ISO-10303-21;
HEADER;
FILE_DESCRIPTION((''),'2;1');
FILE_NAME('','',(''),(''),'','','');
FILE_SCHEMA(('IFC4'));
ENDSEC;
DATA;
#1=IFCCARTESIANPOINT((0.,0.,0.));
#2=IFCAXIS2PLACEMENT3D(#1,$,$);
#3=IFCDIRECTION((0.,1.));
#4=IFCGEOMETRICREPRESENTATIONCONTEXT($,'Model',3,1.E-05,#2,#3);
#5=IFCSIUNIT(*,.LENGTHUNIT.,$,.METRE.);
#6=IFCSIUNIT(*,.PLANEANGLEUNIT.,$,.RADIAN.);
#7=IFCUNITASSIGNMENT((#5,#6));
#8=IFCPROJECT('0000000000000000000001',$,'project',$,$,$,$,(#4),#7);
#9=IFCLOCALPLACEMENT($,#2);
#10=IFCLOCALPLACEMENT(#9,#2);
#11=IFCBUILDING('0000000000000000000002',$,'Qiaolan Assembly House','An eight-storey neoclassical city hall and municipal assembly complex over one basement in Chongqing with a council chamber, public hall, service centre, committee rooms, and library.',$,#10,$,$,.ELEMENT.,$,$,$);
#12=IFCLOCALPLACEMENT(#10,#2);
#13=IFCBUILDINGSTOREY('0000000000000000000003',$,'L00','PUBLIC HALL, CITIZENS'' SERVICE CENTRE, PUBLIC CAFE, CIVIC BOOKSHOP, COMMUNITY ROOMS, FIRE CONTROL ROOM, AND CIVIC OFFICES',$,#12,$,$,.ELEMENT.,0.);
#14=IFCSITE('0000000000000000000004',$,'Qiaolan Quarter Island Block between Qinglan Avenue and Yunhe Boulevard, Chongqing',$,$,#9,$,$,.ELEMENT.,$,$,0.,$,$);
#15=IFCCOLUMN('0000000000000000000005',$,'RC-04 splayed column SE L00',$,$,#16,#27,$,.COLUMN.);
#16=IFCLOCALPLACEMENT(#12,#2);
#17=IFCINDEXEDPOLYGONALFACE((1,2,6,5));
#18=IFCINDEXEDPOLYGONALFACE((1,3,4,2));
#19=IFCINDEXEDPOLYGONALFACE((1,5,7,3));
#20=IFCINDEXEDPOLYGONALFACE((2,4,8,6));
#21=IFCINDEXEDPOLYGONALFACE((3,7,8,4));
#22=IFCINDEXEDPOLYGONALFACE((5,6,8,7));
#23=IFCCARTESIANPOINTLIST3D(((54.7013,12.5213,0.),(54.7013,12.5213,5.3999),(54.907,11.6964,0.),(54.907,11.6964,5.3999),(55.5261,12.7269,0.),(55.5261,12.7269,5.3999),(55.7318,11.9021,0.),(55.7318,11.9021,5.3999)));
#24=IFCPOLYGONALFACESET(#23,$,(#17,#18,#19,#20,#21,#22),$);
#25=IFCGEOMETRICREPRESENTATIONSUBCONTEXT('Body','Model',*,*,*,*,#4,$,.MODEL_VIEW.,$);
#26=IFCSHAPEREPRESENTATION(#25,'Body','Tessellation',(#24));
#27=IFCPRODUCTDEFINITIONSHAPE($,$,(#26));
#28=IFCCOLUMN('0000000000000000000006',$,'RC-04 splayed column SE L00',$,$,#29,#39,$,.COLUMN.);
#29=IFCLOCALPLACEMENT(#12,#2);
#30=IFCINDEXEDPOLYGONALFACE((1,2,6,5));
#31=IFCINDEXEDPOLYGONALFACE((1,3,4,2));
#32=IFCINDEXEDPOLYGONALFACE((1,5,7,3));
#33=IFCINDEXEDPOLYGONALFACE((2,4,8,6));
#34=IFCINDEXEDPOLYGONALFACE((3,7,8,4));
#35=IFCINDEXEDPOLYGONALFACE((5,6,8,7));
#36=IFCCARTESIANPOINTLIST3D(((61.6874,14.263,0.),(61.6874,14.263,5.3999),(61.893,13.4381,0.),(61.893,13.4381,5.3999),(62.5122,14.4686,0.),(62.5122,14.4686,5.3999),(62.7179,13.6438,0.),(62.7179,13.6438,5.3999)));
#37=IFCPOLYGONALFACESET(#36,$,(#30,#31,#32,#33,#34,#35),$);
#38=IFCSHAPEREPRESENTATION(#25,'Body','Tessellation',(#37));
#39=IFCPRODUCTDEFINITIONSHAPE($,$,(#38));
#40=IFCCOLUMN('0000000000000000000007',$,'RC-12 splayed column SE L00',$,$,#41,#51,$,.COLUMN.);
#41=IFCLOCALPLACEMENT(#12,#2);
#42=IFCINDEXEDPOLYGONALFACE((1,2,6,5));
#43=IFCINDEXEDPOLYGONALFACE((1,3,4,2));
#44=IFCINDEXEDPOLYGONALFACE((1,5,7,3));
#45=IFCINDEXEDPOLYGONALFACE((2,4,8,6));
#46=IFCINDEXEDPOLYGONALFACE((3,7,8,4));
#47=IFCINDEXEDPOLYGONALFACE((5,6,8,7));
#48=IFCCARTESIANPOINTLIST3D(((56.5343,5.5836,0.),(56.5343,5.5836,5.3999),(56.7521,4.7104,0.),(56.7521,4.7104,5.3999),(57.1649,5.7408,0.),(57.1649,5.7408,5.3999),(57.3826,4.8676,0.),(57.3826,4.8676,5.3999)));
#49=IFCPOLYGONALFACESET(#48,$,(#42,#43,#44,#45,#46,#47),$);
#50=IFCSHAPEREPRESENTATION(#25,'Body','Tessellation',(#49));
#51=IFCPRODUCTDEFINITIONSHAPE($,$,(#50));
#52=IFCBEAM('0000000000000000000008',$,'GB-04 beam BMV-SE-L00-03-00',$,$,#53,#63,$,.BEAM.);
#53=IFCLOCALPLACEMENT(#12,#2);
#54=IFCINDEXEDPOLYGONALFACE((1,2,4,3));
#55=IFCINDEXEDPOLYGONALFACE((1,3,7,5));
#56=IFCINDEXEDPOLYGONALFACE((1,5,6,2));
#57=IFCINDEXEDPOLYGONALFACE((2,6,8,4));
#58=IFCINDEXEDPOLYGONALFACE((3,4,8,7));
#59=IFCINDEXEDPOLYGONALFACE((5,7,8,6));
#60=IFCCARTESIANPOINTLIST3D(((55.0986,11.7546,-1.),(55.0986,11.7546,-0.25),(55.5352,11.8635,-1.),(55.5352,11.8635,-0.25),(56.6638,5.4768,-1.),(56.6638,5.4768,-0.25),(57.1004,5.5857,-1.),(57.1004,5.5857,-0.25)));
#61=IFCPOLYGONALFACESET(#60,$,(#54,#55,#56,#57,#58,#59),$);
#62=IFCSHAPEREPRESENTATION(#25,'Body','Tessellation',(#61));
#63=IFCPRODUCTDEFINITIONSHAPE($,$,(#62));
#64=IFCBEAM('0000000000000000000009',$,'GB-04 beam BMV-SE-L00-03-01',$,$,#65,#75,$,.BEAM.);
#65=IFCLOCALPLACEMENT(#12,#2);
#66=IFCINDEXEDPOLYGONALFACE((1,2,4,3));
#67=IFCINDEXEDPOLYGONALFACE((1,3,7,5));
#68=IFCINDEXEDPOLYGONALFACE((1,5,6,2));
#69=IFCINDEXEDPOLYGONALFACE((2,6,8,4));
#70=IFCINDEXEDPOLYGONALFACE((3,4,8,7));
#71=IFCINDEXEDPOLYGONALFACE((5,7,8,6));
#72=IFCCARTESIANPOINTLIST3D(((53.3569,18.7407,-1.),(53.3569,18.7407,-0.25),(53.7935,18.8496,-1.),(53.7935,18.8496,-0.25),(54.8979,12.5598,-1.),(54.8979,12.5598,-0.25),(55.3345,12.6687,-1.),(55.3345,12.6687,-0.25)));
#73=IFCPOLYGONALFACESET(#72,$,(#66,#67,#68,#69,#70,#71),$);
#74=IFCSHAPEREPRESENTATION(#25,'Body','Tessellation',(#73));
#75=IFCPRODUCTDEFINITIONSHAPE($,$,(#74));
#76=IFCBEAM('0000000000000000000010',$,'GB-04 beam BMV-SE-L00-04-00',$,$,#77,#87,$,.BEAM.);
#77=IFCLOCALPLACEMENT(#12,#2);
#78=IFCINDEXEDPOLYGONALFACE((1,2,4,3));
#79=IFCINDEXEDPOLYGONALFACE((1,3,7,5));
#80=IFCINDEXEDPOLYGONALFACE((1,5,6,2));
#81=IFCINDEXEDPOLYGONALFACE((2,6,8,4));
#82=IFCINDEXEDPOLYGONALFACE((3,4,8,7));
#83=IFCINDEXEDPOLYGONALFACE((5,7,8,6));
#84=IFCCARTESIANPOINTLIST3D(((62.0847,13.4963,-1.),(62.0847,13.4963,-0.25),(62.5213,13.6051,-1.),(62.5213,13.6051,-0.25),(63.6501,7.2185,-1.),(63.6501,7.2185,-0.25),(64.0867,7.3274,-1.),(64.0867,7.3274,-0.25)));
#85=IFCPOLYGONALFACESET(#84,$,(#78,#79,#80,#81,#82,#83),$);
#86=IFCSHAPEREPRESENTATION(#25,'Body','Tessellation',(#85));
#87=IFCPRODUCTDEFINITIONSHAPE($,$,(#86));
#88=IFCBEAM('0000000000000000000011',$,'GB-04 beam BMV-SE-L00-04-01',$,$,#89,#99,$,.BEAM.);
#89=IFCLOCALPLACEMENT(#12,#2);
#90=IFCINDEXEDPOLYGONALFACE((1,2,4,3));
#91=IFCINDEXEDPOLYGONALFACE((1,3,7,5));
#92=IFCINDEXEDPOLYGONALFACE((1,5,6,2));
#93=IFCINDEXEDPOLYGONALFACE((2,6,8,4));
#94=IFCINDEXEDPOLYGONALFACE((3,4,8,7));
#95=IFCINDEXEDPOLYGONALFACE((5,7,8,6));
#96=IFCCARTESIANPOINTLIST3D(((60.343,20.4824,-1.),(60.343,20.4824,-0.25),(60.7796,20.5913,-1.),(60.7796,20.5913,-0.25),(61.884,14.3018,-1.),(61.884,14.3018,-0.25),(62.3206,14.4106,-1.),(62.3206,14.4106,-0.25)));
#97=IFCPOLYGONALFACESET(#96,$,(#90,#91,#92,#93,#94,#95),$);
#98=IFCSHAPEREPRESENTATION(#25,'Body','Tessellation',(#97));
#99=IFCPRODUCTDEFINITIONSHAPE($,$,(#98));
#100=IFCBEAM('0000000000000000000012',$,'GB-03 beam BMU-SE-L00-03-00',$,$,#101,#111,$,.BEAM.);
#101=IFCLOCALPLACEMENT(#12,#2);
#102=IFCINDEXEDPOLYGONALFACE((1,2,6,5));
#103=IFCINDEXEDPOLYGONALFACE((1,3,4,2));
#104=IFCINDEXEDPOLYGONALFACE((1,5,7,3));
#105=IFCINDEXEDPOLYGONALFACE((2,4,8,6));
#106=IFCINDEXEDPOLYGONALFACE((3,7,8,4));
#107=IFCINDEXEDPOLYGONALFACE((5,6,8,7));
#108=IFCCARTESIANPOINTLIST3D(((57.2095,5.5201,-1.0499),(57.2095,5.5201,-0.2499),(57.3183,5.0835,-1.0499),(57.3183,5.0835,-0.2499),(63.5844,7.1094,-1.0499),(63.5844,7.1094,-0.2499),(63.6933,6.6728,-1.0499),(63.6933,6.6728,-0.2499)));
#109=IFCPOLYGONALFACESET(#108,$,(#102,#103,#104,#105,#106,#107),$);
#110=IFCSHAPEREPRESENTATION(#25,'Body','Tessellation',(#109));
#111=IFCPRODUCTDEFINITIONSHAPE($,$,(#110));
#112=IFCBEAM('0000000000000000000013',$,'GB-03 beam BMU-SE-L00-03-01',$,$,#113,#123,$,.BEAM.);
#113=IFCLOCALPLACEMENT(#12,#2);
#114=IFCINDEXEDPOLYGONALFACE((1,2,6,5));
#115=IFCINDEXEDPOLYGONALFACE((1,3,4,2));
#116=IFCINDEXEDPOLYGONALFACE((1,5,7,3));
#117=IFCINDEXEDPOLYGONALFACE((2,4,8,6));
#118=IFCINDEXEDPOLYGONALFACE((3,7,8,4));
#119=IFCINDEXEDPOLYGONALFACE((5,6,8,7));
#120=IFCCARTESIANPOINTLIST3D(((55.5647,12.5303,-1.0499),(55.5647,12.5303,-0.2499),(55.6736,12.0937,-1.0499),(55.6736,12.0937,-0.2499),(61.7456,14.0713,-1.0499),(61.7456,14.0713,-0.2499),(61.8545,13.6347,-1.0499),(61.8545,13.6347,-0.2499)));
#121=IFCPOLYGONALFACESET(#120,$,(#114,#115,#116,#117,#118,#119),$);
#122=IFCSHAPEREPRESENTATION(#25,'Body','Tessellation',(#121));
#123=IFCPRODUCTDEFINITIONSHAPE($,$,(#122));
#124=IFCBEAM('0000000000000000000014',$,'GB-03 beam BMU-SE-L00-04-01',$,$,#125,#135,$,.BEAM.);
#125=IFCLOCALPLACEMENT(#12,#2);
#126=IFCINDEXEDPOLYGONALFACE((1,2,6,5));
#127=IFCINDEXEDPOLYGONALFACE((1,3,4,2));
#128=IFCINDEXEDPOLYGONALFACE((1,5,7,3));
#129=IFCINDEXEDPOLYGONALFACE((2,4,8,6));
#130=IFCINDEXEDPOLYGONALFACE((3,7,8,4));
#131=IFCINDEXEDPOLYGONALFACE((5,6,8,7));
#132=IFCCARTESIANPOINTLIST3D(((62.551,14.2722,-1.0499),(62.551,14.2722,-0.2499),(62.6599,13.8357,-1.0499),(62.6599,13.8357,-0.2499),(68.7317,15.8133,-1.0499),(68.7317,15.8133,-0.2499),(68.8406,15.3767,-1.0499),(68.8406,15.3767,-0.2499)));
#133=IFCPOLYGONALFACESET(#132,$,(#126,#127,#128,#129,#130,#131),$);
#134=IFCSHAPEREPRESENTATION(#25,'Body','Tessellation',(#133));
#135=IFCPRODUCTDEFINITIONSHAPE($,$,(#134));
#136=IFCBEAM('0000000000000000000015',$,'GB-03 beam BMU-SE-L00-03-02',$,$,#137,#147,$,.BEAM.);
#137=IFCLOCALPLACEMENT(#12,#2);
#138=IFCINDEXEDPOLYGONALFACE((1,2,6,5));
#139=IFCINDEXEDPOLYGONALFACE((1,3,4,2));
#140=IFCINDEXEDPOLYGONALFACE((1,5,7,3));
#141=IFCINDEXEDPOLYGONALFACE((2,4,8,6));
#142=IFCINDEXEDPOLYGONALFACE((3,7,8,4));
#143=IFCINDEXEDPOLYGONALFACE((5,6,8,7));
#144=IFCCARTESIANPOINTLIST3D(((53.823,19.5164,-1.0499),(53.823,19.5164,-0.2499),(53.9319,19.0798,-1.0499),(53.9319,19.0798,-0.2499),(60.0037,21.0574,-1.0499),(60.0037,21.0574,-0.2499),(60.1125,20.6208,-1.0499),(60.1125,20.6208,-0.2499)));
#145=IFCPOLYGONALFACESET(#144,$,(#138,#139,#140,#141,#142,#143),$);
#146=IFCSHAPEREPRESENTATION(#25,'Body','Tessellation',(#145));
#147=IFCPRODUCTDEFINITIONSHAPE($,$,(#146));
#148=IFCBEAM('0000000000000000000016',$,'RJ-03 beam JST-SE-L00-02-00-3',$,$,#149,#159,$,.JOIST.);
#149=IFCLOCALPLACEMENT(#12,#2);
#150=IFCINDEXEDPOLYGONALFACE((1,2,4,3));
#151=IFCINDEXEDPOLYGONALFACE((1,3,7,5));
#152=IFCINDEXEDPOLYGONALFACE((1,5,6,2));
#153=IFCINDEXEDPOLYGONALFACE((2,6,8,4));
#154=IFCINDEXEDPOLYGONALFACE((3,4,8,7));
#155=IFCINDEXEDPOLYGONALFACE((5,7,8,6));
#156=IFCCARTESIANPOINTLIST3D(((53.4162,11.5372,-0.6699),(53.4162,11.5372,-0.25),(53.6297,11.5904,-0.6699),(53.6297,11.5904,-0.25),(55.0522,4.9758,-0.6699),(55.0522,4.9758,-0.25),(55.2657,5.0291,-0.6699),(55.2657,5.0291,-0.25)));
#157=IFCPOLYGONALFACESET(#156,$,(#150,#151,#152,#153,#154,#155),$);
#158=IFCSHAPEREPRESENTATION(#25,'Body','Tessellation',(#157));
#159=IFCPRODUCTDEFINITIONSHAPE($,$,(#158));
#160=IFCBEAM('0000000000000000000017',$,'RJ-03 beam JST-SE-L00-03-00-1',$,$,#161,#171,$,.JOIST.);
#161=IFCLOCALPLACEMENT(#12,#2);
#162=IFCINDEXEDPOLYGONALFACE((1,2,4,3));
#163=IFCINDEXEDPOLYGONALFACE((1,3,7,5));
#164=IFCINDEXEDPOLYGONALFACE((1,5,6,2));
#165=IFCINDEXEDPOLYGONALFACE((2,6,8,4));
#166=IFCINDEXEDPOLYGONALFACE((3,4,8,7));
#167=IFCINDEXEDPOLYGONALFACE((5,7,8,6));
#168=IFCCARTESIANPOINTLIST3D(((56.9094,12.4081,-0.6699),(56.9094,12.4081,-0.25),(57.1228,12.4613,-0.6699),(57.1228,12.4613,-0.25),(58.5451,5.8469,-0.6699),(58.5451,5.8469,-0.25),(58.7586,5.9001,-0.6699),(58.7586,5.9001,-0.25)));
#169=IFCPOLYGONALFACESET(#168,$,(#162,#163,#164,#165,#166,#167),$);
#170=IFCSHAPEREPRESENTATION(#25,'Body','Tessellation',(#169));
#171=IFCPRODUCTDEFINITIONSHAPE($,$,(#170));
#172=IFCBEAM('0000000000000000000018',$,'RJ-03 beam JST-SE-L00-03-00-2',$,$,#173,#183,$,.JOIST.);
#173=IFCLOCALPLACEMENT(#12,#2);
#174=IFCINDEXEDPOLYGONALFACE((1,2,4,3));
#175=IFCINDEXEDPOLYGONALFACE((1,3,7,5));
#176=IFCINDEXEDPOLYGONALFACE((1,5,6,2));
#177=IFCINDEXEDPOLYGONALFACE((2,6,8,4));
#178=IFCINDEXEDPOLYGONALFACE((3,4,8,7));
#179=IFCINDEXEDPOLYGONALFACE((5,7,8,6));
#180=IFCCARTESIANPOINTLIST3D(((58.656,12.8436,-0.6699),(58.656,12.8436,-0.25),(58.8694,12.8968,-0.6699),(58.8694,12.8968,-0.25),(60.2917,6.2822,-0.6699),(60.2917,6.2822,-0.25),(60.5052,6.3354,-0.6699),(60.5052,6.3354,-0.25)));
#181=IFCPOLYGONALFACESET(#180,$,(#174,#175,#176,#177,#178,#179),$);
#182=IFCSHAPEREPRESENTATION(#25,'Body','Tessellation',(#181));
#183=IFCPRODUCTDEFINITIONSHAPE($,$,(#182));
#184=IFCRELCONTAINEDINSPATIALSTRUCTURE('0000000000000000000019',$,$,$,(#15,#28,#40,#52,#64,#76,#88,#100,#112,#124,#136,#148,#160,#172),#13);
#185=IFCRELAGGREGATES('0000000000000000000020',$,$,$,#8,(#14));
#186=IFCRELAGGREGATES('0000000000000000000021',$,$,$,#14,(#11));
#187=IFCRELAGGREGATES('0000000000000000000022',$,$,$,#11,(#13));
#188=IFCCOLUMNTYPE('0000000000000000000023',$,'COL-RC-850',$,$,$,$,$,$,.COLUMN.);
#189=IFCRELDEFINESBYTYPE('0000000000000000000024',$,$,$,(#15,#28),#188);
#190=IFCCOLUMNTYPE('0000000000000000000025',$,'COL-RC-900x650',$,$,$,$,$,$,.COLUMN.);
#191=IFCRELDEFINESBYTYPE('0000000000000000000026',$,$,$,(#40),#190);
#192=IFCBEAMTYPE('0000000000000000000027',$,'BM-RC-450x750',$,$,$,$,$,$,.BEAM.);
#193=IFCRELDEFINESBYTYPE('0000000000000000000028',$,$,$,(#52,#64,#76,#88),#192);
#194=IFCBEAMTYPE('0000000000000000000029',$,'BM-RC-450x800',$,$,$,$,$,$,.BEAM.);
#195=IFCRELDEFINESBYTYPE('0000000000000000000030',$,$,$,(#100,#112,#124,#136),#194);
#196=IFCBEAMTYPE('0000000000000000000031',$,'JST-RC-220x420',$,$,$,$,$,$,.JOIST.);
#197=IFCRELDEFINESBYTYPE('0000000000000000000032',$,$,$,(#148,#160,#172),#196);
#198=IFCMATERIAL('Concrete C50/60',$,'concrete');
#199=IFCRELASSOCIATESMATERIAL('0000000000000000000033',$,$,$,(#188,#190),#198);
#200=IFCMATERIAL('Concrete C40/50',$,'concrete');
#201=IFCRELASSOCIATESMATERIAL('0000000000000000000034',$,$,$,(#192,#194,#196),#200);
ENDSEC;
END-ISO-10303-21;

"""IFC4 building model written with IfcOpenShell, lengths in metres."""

from ifc_helpers import new_model, si_unit, direction, frame, origin, origin_2d, place, context, subcontext, project, spatial, rectangle, extrude, material, material_profile, profile_set, type_object, element, save


model = new_model("IFC4")

# Units and contexts
model_context = context("Model", 3, precision=1e-05, world=origin(), true_north=direction((0.0, 1.0)))
body_context = subcontext(model_context, "Body", "Model", "MODEL_VIEW")
ifc_project = project(units=[si_unit("LENGTHUNIT", "METRE"), si_unit("PLANEANGLEUNIT", "RADIAN")], contexts=[model_context])

# Site, building, storey
site_placement = place(None, origin())
site = spatial("IfcSite", under=ifc_project, at=site_placement, Name="Qiaolan Quarter Island Block between Qinglan Avenue and Yunhe Boulevard, Chongqing", CompositionType="ELEMENT", RefElevation=0.0)
building_placement = place(site_placement, origin())
building = spatial("IfcBuilding", under=site, at=building_placement, Name="Qiaolan Assembly House", Description="An eight-storey neoclassical city hall and municipal assembly complex over one basement in Chongqing with a council chamber, public hall, service centre, committee rooms, and library.", CompositionType="ELEMENT")
storey_placement = place(building_placement, origin())
storey = spatial("IfcBuildingStorey", under=building, at=storey_placement, Name="L00", Description="PUBLIC HALL, CITIZENS' SERVICE CENTRE, PUBLIC CAFE, CIVIC BOOKSHOP, COMMUNITY ROOMS, FIRE CONTROL ROOM, AND CIVIC OFFICES", CompositionType="ELEMENT", Elevation=0.0)

# Columns
ifc_material_1 = material(Name="Concrete C50/60", Category="concrete")
ifc_material_profile_1 = material_profile(ifc_material_1, rectangle(XDim=0.8501, YDim=0.8501, at=origin_2d()), Name="RC 850x850")
ifc_profile_set_1 = profile_set([ifc_material_profile_1], Name="Concrete C50/60")
column_type_1 = type_object("IfcColumnType", Name="COL-RC-850", PredefinedType="COLUMN", material=ifc_profile_set_1)
for number, where, z_axis, x_axis, name in (
    (1, (55.2166, 12.2117, 0.0), (0.0, 0.0, 1.0), (0.970296, 0.241922, 0.0), "RC-04 splayed column SE L00"),
    (2, (62.2026, 13.9534, 0.0), (0.0, 0.0, 1.0), (0.970296, 0.241922, 0.0), "RC-04 splayed column SE L00"),
):
    element("IfcColumn", number, at=place(storey_placement, frame(where, z_axis=z_axis, x_axis=x_axis)), inside=storey, type_object=column_type_1, Name=name, PredefinedType="COLUMN", context=body_context, shape_type="SweptSolid", body=[
        extrude(rectangle(XDim=0.8501, YDim=0.8501, at=origin_2d()), origin(), (0.0, 0.0, 1.0), 5.3999),
    ])
ifc_material_profile_2 = material_profile(ifc_material_1, rectangle(XDim=0.6499, YDim=0.8999, at=origin_2d()), Name="RC 900x650")
ifc_profile_set_2 = profile_set([ifc_material_profile_2], Name="Concrete C50/60")
column_type_2 = type_object("IfcColumnType", Name="COL-RC-900x650", PredefinedType="COLUMN", material=ifc_profile_set_2)
column_placement = place(storey_placement, frame((56.9585, 5.2256, 0.0), z_axis=(0.0, 0.0, 1.0), x_axis=(0.970296, 0.241922, 0.0)))
element("IfcColumn", 3, at=column_placement, inside=storey, type_object=column_type_2, Name="RC-12 splayed column SE L00", PredefinedType="COLUMN", context=body_context, shape_type="SweptSolid", body=[
    extrude(rectangle(XDim=0.6499, YDim=0.8999, at=origin_2d()), origin(), (0.0, 0.0, 1.0), 5.3999),
])

# Beams
ifc_material_2 = material(Name="Concrete C40/50", Category="concrete")
ifc_material_profile_3 = material_profile(ifc_material_2, rectangle(XDim=0.45, YDim=0.75, at=origin_2d()), Name="RCB 450x750")
ifc_profile_set_3 = profile_set([ifc_material_profile_3], Name="Concrete C40/50")
beam_type_1 = type_object("IfcBeamType", Name="BM-RC-450x750", PredefinedType="BEAM", material=ifc_profile_set_3)
beam_1_placement = place(storey_placement, frame((56.8821, 5.5312, -0.625), z_axis=(-0.241914, 0.970298, 0.0), x_axis=(-0.970298, -0.241914, 0.0)))
element("IfcBeam", 4, at=beam_1_placement, inside=storey, type_object=beam_type_1, Name="GB-04 beam BMV-SE-L00-03-00", PredefinedType="BEAM", context=body_context, shape_type="SweptSolid", body=[
    extrude(rectangle(XDim=0.45, YDim=0.75, at=origin_2d()), origin(), (0.0, 0.0, 1.0), 6.47),
])
beam_2_placement = place(storey_placement, frame((55.1162, 12.6143, -0.625), z_axis=(-0.241913, 0.970298, 0.0), x_axis=(-0.970298, -0.241913, 0.0)))
element("IfcBeam", 5, at=beam_2_placement, inside=storey, type_object=beam_type_1, Name="GB-04 beam BMV-SE-L00-03-01", PredefinedType="BEAM", context=body_context, shape_type="SweptSolid", body=[
    extrude(rectangle(XDim=0.45, YDim=0.75, at=origin_2d()), origin(), (0.0, 0.0, 1.0), 6.3701),
])
beam_3_placement = place(storey_placement, frame((63.8684, 7.2729, -0.625), z_axis=(-0.24195, 0.970289, 0.0), x_axis=(-0.970289, -0.24195, 0.0)))
element("IfcBeam", 6, at=beam_3_placement, inside=storey, type_object=beam_type_1, Name="GB-04 beam BMV-SE-L00-04-00", PredefinedType="BEAM", context=body_context, shape_type="SweptSolid", body=[
    extrude(rectangle(XDim=0.45, YDim=0.75, at=origin_2d()), origin(), (0.0, 0.0, 1.0), 6.47),
])
beam_4_placement = place(storey_placement, frame((62.1023, 14.3562, -0.625), z_axis=(-0.241922, 0.970296, 0.0), x_axis=(-0.970296, -0.241922, 0.0)))
element("IfcBeam", 7, at=beam_4_placement, inside=storey, type_object=beam_type_1, Name="GB-04 beam BMV-SE-L00-04-01", PredefinedType="BEAM", context=body_context, shape_type="SweptSolid", body=[
    extrude(rectangle(XDim=0.45, YDim=0.75, at=origin_2d()), origin(), (0.0, 0.0, 1.0), 6.3699),
])
ifc_material_profile_4 = material_profile(ifc_material_2, rectangle(XDim=0.45, YDim=0.8, at=origin_2d()), Name="RCB 450x800")
ifc_profile_set_4 = profile_set([ifc_material_profile_4], Name="Concrete C40/50")
beam_type_2 = type_object("IfcBeamType", Name="BM-RC-450x800", PredefinedType="BEAM", material=ifc_profile_set_4)
beam_5_placement = place(storey_placement, frame((57.2639, 5.3018, -0.6499), z_axis=(0.9703, 0.241906, 0.0), x_axis=(-0.241906, 0.9703, 0.0)))
element("IfcBeam", 8, at=beam_5_placement, inside=storey, type_object=beam_type_2, Name="GB-03 beam BMU-SE-L00-03-00", PredefinedType="BEAM", context=body_context, shape_type="SweptSolid", body=[
    extrude(rectangle(XDim=0.45, YDim=0.8, at=origin_2d()), origin(), (0.0, 0.0, 1.0), 6.5701),
])
beam_6_placement = place(storey_placement, frame((55.6191, 12.312, -0.6499), z_axis=(0.970298, 0.241913, 0.0), x_axis=(-0.241913, 0.970298, 0.0)))
element("IfcBeam", 9, at=beam_6_placement, inside=storey, type_object=beam_type_2, Name="GB-03 beam BMU-SE-L00-03-01", PredefinedType="BEAM", context=body_context, shape_type="SweptSolid", body=[
    extrude(rectangle(XDim=0.45, YDim=0.8, at=origin_2d()), origin(), (0.0, 0.0, 1.0), 6.3701),
])
for number, where, z_axis, x_axis, name in (
    (10, (62.6055, 14.054, -0.6499), (0.970296, 0.241922, 0.0), (-0.241922, 0.970296, 0.0), "GB-03 beam BMU-SE-L00-04-01"),
    (11, (53.8774, 19.2981, -0.6499), (0.970296, 0.241922, 0.0), (-0.241922, 0.970296, 0.0), "GB-03 beam BMU-SE-L00-03-02"),
):
    element("IfcBeam", number, at=place(storey_placement, frame(where, z_axis=z_axis, x_axis=x_axis)), inside=storey, type_object=beam_type_2, Name=name, PredefinedType="BEAM", context=body_context, shape_type="SweptSolid", body=[
        extrude(rectangle(XDim=0.45, YDim=0.8, at=origin_2d()), origin(), (0.0, 0.0, 1.0), 6.3699),
    ])
ifc_material_profile_5 = material_profile(ifc_material_2, rectangle(XDim=0.22, YDim=0.4199, at=origin_2d()), Name="RCB 220x420")
ifc_profile_set_5 = profile_set([ifc_material_profile_5], Name="Concrete C40/50")
beam_type_3 = type_object("IfcBeamType", Name="JST-RC-220x420", PredefinedType="JOIST", material=ifc_profile_set_5)
beam_7_placement = place(storey_placement, frame((55.1589, 5.0024, -0.46), z_axis=(-0.241932, 0.970293, 0.0), x_axis=(-0.970293, -0.241932, 0.0)))
element("IfcBeam", 12, at=beam_7_placement, inside=storey, type_object=beam_type_3, Name="RJ-03 beam JST-SE-L00-02-00-3", PredefinedType="JOIST", context=body_context, shape_type="SweptSolid", body=[
    extrude(rectangle(XDim=0.22, YDim=0.4199, at=origin_2d()), origin(), (0.0, 0.0, 1.0), 6.7622),
])
beam_8_placement = place(storey_placement, frame((58.6519, 5.8735, -0.46), z_axis=(-0.241907, 0.970299, 0.0), x_axis=(-0.970299, -0.241907, 0.0)))
element("IfcBeam", 13, at=beam_8_placement, inside=storey, type_object=beam_type_3, Name="RJ-03 beam JST-SE-L00-03-00-1", PredefinedType="JOIST", context=body_context, shape_type="SweptSolid", body=[
    extrude(rectangle(XDim=0.22, YDim=0.4199, at=origin_2d()), origin(), (0.0, 0.0, 1.0), 6.762),
])
beam_9_placement = place(storey_placement, frame((60.3984, 6.3088, -0.46), z_axis=(-0.241898, 0.970302, 0.0), x_axis=(-0.970302, -0.241898, 0.0)))
element("IfcBeam", 14, at=beam_9_placement, inside=storey, type_object=beam_type_3, Name="RJ-03 beam JST-SE-L00-03-00-2", PredefinedType="JOIST", context=body_context, shape_type="SweptSolid", body=[
    extrude(rectangle(XDim=0.22, YDim=0.4199, at=origin_2d()), origin(), (0.0, 0.0, 1.0), 6.7622),
])

save(model, "model.ifc")
